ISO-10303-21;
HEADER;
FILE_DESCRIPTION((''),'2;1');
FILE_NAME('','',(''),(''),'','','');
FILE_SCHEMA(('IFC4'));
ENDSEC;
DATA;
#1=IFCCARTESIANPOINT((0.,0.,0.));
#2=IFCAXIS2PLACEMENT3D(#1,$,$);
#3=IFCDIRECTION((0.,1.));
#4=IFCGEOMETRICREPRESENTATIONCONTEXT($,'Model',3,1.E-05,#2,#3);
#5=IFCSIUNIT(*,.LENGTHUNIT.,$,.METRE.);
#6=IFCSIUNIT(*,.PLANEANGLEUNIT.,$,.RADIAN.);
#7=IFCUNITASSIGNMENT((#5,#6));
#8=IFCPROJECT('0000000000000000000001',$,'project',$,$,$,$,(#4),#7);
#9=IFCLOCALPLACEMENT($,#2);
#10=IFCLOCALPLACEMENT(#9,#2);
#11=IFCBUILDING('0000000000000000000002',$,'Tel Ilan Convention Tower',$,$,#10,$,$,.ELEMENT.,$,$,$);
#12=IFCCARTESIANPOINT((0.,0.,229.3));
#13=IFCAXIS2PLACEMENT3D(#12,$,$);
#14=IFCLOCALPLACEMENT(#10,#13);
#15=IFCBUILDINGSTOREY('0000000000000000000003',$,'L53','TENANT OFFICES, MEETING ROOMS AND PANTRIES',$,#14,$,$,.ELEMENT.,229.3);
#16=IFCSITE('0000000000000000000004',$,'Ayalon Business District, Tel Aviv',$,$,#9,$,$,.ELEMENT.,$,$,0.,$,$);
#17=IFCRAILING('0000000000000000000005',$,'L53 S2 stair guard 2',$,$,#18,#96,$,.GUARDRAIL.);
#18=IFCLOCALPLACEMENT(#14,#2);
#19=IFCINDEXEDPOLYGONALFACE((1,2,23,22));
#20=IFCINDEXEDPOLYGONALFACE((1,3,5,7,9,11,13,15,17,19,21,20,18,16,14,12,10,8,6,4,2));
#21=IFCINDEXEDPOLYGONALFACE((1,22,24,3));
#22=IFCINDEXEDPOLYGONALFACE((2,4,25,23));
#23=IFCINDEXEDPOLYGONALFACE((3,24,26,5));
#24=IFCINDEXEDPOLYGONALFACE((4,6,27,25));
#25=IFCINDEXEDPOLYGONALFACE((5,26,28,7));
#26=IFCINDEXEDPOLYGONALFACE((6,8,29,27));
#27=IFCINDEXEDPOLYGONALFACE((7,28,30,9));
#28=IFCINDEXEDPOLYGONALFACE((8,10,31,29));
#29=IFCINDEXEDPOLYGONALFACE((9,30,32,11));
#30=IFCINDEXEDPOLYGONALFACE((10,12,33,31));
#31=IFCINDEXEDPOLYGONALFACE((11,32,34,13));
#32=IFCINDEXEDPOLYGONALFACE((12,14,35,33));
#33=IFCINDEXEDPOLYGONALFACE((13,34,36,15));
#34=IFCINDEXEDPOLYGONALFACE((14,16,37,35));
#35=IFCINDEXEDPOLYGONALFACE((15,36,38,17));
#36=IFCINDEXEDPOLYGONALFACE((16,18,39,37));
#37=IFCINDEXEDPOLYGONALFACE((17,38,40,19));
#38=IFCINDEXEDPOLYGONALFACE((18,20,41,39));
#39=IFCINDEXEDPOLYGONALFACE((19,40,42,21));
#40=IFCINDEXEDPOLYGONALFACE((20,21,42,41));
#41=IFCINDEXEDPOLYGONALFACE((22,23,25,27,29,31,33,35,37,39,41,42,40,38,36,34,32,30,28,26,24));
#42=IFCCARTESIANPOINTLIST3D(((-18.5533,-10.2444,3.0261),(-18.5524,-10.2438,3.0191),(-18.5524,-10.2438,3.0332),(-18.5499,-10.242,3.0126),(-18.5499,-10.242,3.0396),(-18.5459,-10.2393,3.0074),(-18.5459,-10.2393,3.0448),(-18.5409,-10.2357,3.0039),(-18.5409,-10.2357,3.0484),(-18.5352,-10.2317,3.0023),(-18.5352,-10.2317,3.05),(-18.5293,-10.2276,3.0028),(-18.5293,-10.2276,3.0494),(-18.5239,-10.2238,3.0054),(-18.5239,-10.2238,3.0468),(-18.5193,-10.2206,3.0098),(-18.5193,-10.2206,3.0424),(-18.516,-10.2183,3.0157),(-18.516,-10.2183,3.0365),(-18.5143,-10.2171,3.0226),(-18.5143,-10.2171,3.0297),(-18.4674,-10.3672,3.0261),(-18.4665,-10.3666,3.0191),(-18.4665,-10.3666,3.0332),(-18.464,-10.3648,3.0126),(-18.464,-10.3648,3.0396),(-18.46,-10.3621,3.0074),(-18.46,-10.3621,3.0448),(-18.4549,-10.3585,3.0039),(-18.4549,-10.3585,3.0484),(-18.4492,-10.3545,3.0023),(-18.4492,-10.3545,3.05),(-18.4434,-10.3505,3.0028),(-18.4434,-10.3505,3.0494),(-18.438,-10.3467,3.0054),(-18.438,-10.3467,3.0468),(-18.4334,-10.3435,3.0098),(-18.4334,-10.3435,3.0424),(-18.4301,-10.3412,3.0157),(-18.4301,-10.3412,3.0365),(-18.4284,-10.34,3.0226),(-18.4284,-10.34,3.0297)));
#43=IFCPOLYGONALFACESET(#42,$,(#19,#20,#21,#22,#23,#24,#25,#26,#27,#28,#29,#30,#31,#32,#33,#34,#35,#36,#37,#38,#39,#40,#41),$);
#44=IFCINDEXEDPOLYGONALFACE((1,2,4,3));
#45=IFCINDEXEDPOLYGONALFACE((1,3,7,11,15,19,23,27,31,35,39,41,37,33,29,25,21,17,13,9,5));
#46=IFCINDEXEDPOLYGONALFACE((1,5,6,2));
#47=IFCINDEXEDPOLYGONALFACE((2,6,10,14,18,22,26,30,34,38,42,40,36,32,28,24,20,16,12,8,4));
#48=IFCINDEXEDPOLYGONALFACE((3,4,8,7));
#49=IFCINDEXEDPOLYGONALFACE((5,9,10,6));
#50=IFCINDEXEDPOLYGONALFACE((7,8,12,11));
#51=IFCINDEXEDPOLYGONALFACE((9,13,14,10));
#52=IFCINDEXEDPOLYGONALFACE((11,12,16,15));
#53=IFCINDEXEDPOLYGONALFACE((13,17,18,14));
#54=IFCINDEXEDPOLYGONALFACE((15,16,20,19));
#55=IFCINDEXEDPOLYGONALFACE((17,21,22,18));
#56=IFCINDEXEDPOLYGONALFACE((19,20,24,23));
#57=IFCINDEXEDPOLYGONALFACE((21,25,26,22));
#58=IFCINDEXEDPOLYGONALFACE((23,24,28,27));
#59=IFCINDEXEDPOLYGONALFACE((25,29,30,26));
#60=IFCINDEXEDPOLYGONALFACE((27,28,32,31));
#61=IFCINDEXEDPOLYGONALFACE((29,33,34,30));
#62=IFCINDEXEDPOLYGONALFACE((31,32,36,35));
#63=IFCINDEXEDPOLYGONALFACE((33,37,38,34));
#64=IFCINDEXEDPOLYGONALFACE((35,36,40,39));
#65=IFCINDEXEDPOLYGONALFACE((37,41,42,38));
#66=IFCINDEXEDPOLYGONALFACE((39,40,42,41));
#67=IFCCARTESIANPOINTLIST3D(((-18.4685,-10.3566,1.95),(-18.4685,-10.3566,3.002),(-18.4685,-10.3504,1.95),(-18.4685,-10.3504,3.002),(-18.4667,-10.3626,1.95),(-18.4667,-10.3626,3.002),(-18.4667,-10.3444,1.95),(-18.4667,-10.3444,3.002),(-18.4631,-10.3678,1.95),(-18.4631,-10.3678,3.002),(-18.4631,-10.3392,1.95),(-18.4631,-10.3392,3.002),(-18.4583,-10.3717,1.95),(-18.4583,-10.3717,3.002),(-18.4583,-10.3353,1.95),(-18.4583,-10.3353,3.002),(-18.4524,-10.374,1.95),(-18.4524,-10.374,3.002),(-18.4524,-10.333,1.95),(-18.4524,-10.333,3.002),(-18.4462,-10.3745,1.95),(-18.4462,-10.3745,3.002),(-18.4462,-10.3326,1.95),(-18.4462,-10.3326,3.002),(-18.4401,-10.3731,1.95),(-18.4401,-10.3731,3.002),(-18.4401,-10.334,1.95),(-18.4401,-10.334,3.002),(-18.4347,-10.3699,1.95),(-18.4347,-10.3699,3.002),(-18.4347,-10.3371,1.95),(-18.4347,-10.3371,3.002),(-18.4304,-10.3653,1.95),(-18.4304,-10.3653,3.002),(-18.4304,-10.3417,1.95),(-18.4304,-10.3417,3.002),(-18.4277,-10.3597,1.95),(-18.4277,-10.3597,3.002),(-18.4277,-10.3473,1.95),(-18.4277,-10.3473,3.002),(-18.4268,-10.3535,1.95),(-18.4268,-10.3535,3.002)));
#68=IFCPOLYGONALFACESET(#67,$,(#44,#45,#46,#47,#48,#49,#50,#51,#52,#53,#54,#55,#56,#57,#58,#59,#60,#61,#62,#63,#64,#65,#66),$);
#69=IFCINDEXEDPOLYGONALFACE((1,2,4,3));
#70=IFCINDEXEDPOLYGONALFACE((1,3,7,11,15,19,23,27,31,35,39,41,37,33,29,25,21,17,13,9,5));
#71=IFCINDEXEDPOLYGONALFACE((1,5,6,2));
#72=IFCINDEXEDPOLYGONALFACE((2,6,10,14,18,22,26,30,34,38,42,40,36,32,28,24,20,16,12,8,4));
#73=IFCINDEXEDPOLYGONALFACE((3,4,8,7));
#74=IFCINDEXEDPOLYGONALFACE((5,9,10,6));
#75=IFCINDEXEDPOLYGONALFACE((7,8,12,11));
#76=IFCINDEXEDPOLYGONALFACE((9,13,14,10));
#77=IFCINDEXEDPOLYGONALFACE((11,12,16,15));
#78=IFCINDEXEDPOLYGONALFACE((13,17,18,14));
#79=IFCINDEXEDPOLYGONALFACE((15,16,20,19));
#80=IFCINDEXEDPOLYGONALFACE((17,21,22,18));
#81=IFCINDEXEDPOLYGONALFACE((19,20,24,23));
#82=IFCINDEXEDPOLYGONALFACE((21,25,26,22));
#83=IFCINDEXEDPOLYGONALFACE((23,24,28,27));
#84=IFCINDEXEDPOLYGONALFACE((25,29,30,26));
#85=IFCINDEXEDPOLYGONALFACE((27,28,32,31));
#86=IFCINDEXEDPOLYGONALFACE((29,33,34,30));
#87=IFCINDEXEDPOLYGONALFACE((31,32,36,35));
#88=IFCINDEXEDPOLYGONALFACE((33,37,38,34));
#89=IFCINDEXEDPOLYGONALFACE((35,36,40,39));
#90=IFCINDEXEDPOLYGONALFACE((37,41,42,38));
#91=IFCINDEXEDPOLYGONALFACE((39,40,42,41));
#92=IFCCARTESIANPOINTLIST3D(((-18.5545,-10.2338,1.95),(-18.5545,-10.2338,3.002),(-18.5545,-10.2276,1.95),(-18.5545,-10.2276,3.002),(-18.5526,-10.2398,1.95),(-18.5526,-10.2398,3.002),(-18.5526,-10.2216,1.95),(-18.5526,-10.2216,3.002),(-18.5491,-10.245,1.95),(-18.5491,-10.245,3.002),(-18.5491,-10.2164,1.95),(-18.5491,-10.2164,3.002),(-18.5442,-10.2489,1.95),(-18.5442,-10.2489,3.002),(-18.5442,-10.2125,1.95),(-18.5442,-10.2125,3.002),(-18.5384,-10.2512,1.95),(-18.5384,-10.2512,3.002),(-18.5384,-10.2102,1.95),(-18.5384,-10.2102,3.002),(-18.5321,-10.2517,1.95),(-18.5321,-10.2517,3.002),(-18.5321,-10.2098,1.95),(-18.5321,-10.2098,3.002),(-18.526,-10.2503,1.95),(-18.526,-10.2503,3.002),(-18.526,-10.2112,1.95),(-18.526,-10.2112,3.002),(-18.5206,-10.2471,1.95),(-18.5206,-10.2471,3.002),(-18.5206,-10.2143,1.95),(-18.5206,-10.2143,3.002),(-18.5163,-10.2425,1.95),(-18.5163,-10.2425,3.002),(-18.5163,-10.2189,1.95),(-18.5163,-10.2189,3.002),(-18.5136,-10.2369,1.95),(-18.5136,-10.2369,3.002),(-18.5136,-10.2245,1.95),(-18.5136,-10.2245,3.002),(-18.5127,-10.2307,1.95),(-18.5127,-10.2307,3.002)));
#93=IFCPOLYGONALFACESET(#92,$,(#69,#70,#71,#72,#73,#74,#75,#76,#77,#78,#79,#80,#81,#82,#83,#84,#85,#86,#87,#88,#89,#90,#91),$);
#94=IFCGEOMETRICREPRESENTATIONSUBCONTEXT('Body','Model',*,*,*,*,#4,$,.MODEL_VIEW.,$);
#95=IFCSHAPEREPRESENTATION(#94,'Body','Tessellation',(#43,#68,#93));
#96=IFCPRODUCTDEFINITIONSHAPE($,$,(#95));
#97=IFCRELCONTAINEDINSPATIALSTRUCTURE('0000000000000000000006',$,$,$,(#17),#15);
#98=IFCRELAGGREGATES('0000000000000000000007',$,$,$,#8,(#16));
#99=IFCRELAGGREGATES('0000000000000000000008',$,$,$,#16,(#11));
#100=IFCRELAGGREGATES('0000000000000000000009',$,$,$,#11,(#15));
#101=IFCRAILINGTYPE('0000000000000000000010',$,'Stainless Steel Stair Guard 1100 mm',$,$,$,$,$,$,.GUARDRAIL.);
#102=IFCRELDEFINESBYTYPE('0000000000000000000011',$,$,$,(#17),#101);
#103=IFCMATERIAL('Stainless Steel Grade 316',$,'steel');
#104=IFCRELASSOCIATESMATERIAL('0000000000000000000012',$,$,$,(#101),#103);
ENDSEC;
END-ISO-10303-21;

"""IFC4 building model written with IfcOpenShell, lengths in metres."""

from ifc_helpers import new_model, si_unit, direction, frame, origin, origin_2d, place, context, subcontext, project, spatial, circle, extrude, material, type_object, element, save


model = new_model("IFC4")

# Units and contexts
model_context = context("Model", 3, precision=1e-05, world=origin(), true_north=direction((0.0, 1.0)))
body_context = subcontext(model_context, "Body", "Model", "MODEL_VIEW")
ifc_project = project(units=[si_unit("LENGTHUNIT", "METRE"), si_unit("PLANEANGLEUNIT", "RADIAN")], contexts=[model_context])

# Site, building, storey
site_placement = place(None, origin())
site = spatial("IfcSite", under=ifc_project, at=site_placement, Name="Ayalon Business District, Tel Aviv", CompositionType="ELEMENT", RefElevation=0.0)
building_placement = place(site_placement, origin())
building = spatial("IfcBuilding", under=site, at=building_placement, Name="Tel Ilan Convention Tower", CompositionType="ELEMENT")
storey_placement = place(building_placement, frame((0.0, 0.0, 229.3)))
storey = spatial("IfcBuildingStorey", under=building, at=storey_placement, Name="L53", Description="TENANT OFFICES, MEETING ROOMS AND PANTRIES", CompositionType="ELEMENT", Elevation=229.3)

# Railing
ifc_material_1 = material(Name="Stainless Steel Grade 316", Category="steel")
railing_type_1 = type_object("IfcRailingType", Name="Stainless Steel Stair Guard 1100 mm", PredefinedType="GUARDRAIL", material=ifc_material_1)
railing_1_placement = place(storey_placement, frame((-18.4478, -10.3535, 1.95)))
element("IfcRailing", 1, at=railing_1_placement, inside=storey, type_object=railing_type_1, Name="L53 S2 stair guard 2", PredefinedType="GUARDRAIL", context=body_context, shape_type="SweptSolid", body=[
    extrude(circle(Radius=0.0239, at=origin_2d()), frame((0.0, 0.0, 1.0762), z_axis=(-0.573353, 0.819308, 0.0), x_axis=(-0.819308, -0.573353, 0.0)), (0.0, 0.0, 1.0), 0.1499),
    extrude(circle(Radius=0.021, at=origin_2d()), origin(), (0.0, 0.0, 1.0), 1.052),
    extrude(circle(Radius=0.021, at=origin_2d()), frame((-0.0859, 0.1228, 0.0)), (0.0, 0.0, 1.0), 1.052),
])

save(model, "model.ifc")
